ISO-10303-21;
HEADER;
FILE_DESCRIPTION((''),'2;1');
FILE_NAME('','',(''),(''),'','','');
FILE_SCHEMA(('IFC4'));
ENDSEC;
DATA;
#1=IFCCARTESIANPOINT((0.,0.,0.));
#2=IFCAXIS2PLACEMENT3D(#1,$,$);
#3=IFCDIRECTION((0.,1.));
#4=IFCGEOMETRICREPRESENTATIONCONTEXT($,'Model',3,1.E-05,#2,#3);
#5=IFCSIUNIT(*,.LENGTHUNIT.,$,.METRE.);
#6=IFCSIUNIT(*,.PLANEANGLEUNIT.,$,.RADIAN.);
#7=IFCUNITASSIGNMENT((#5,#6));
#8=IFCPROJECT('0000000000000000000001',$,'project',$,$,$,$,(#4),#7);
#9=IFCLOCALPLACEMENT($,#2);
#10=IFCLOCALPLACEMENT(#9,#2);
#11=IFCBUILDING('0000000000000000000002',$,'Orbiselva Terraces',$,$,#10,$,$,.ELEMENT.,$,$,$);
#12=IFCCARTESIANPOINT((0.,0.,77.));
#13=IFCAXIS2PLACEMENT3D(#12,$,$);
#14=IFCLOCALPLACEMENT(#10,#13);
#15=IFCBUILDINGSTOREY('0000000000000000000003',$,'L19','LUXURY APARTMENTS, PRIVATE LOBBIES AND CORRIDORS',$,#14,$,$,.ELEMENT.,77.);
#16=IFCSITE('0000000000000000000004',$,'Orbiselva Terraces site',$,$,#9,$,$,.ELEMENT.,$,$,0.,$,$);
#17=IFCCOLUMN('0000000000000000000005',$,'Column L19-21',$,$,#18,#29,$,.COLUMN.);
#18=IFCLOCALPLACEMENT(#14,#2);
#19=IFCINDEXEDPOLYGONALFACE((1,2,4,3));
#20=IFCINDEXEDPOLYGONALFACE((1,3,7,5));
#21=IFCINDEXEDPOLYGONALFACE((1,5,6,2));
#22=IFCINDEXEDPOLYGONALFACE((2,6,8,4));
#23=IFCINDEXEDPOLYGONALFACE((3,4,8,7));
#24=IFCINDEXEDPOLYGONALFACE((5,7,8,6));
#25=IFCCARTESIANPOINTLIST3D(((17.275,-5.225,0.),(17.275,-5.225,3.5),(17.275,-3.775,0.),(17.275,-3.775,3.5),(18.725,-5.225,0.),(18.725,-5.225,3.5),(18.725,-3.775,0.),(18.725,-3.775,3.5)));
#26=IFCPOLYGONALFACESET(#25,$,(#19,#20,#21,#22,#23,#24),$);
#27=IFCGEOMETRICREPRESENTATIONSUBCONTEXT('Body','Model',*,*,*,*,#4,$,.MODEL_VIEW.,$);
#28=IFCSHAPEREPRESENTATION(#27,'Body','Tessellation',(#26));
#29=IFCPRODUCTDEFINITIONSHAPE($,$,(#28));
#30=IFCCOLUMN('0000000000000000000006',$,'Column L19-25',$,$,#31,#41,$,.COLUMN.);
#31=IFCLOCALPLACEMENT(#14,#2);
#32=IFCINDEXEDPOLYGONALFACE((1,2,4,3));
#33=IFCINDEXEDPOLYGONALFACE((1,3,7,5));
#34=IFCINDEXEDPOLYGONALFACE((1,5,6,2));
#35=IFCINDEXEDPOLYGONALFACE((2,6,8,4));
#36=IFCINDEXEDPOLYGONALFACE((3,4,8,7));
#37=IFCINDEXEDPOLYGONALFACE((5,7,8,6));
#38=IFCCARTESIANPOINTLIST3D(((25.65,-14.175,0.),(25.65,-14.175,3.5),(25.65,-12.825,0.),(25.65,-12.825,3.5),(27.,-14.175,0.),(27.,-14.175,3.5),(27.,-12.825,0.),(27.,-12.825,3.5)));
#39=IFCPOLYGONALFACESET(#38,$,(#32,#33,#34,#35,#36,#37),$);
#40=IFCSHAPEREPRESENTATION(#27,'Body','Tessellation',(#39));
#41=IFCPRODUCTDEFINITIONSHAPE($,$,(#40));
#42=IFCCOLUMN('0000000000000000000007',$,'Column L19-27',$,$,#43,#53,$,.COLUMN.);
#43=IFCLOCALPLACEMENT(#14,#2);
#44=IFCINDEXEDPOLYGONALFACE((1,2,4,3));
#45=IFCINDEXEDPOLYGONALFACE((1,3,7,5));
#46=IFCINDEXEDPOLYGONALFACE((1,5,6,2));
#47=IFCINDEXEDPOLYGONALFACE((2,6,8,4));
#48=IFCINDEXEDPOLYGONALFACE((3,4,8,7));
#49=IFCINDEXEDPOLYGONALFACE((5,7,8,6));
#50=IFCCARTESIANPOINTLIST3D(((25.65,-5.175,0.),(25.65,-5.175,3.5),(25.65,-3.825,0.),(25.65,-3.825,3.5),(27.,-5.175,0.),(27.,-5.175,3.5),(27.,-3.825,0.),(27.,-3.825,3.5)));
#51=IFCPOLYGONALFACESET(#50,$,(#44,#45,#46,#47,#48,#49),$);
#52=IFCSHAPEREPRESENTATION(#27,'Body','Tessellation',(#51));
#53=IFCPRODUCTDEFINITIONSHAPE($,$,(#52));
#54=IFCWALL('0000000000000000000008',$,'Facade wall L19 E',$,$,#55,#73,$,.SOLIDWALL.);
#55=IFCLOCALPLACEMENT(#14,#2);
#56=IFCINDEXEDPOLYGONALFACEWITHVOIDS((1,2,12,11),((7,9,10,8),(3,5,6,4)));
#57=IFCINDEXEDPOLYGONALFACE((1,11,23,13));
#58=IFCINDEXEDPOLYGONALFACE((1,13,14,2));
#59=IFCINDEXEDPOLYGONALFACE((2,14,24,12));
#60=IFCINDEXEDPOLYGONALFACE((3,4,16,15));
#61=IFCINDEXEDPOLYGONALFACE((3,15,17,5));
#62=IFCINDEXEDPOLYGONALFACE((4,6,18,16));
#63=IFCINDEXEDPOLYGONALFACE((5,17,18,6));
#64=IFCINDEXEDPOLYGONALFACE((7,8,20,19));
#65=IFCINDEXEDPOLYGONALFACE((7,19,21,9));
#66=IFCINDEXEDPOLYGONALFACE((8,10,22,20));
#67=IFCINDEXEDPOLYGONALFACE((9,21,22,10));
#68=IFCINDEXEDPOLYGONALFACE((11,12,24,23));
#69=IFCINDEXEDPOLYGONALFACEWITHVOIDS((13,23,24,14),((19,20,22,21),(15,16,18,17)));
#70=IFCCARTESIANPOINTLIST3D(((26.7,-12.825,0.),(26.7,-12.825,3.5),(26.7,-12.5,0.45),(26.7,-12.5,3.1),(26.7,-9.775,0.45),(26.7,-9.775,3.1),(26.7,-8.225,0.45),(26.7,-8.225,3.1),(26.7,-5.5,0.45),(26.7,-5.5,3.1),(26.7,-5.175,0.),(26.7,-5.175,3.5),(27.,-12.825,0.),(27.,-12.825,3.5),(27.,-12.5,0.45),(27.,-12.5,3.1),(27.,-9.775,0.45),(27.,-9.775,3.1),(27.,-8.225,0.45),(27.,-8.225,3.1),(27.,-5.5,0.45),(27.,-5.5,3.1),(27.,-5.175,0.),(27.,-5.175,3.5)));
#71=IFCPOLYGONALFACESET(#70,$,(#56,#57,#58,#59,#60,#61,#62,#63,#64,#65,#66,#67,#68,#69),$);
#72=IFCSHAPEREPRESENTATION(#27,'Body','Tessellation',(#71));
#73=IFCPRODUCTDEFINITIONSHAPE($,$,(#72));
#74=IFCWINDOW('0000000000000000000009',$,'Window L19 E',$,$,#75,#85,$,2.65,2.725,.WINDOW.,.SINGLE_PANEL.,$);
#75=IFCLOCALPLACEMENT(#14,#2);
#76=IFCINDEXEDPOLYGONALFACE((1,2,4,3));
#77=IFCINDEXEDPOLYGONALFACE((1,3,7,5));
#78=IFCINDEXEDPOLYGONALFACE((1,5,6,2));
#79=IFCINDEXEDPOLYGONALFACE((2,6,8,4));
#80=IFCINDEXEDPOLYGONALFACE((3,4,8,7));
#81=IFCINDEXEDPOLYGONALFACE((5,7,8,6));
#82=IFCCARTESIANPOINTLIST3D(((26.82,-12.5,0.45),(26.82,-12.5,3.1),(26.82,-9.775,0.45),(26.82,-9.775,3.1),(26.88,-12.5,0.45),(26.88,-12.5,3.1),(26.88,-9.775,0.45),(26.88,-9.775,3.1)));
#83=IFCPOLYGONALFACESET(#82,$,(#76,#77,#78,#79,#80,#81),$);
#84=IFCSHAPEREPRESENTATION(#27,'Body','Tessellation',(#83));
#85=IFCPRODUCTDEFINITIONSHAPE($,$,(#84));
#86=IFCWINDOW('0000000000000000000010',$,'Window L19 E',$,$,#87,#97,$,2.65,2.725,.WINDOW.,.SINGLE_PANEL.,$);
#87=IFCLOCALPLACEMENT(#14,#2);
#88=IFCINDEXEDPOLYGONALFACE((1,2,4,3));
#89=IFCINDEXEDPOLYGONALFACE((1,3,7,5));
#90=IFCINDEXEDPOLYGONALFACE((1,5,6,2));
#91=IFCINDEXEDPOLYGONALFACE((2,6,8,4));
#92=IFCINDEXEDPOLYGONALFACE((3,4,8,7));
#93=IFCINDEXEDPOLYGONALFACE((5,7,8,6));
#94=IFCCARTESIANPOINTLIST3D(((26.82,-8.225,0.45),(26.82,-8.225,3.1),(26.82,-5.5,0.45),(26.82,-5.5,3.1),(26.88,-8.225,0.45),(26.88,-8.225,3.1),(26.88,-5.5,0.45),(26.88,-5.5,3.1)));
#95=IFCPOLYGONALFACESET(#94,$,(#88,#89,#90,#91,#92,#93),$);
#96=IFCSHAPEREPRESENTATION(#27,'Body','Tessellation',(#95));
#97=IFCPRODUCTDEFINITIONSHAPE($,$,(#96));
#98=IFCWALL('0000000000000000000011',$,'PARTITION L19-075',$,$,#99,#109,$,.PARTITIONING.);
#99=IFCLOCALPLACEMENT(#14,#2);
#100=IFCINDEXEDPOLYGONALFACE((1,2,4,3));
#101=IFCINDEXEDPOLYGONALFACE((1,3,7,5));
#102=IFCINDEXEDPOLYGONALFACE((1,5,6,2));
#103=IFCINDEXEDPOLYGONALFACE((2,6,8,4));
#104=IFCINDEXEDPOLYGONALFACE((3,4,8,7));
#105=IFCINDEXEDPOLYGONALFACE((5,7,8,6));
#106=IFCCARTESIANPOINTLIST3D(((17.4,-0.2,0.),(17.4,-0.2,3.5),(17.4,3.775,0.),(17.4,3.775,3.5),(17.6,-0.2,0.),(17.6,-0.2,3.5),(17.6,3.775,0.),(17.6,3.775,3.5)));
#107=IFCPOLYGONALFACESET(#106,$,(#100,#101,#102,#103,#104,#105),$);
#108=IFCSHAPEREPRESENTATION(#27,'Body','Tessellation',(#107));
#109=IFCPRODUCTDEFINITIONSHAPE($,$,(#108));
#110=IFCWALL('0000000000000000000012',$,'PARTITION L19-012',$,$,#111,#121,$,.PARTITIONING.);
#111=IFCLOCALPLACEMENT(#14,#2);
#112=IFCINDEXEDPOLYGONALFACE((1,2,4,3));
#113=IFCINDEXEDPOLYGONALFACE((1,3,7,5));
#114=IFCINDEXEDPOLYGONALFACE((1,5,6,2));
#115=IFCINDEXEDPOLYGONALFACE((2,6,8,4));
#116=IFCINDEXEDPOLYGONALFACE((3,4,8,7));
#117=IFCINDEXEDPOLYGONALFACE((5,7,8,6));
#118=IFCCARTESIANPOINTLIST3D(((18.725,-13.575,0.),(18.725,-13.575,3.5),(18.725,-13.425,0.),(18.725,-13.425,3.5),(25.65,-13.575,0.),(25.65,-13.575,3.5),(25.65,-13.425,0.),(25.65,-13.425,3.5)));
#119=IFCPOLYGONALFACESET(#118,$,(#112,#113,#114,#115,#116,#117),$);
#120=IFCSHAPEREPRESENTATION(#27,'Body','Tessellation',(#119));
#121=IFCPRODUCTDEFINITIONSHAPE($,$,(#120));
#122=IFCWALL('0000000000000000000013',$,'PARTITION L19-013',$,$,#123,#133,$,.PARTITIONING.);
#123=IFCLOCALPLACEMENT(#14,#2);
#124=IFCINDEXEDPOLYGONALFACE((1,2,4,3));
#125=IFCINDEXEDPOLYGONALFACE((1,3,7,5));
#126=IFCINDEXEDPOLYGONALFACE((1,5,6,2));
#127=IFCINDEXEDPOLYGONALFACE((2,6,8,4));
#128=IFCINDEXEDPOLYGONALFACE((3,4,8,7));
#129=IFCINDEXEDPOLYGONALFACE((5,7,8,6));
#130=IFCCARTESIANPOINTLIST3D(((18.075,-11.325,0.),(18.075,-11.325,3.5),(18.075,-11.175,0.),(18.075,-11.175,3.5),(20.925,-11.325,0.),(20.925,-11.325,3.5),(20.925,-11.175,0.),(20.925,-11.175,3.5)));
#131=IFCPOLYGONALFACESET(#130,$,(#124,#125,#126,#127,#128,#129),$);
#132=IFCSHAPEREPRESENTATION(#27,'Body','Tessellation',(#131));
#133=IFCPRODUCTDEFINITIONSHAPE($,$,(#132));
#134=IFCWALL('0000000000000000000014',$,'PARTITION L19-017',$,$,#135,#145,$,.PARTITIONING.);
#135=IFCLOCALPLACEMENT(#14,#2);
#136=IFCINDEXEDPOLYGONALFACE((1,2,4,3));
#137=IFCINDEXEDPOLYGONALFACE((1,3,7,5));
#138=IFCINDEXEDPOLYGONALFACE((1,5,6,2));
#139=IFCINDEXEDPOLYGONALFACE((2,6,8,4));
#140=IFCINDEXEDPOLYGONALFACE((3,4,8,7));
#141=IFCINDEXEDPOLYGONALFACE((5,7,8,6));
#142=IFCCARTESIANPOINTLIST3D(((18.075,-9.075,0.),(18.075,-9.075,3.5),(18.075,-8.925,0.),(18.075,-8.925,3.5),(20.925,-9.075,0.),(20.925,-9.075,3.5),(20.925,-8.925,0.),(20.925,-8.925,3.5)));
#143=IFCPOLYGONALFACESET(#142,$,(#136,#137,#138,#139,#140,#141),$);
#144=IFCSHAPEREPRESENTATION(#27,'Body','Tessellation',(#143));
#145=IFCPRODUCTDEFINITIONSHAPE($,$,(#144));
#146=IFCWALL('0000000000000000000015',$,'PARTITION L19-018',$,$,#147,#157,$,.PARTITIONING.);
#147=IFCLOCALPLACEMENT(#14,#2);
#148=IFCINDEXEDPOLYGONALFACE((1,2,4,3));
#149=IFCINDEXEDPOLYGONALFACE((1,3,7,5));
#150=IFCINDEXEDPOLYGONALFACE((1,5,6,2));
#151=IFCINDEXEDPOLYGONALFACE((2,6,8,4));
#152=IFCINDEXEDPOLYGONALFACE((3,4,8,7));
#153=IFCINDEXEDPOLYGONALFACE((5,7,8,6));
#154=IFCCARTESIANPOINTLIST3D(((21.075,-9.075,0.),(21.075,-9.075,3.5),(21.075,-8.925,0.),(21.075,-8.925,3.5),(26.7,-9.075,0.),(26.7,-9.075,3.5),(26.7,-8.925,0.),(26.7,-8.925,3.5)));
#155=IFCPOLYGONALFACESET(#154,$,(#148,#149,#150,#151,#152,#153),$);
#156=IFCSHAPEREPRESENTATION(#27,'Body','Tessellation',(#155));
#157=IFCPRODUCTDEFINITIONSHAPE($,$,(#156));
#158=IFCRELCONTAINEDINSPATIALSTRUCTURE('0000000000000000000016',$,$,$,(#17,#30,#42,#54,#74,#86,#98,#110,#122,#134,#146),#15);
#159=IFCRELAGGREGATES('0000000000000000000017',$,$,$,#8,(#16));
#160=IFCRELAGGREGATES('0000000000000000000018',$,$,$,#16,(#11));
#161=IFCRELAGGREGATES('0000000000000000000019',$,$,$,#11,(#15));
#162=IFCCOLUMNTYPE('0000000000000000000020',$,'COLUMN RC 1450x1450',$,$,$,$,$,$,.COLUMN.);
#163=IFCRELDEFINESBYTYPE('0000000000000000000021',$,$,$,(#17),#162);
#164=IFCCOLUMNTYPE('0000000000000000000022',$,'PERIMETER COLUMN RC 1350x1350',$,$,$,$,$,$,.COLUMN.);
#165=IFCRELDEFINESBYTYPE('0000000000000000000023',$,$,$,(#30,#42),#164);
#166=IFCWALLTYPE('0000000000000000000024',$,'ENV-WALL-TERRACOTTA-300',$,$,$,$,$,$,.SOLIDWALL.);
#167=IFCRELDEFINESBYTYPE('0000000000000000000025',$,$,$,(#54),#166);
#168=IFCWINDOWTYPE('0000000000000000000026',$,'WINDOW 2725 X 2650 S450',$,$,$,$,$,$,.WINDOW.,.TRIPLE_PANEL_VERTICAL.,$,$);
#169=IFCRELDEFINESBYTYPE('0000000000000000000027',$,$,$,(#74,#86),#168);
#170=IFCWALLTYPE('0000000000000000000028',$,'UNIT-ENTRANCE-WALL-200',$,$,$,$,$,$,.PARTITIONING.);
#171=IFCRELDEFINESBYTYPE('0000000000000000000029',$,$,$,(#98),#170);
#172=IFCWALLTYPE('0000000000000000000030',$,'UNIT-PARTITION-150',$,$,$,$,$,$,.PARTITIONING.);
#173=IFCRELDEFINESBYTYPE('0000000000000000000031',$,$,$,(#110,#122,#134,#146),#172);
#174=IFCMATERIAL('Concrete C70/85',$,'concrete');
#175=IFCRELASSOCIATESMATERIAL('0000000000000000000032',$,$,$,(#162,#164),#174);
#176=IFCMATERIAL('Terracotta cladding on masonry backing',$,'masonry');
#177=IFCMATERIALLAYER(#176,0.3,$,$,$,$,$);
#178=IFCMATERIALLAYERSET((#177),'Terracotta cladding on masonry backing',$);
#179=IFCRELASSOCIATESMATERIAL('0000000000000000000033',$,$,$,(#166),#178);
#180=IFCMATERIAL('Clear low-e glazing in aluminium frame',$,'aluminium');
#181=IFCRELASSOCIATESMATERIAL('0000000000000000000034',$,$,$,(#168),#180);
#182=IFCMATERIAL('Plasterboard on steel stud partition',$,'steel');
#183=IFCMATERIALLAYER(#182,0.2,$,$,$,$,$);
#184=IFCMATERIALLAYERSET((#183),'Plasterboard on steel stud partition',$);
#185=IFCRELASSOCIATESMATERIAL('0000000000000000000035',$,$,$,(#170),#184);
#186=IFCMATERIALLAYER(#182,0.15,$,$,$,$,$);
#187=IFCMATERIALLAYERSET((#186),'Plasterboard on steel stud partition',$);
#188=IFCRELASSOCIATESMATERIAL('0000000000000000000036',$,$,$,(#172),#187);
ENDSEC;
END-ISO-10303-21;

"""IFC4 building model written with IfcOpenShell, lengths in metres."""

from ifc_helpers import new_model, si_unit, direction, frame, frame_2d, origin, origin_2d, place, context, subcontext, project, spatial, rectangle, extrude, material, layer, layer_set, material_profile, profile_set, type_object, element, fill, save


model = new_model("IFC4")

# Units and contexts
model_context = context("Model", 3, precision=1e-05, world=origin(), true_north=direction((0.0, 1.0)))
body_context = subcontext(model_context, "Body", "Model", "MODEL_VIEW")
ifc_project = project(units=[si_unit("LENGTHUNIT", "METRE"), si_unit("PLANEANGLEUNIT", "RADIAN")], contexts=[model_context])

# Site, building, storey
site_placement = place(None, origin())
site = spatial("IfcSite", under=ifc_project, at=site_placement, Name="Orbiselva Terraces site", CompositionType="ELEMENT", RefElevation=0.0)
building_placement = place(site_placement, origin())
building = spatial("IfcBuilding", under=site, at=building_placement, Name="Orbiselva Terraces", CompositionType="ELEMENT")
storey_placement = place(building_placement, frame((0.0, 0.0, 77.0)))
storey = spatial("IfcBuildingStorey", under=building, at=storey_placement, Name="L19", Description="LUXURY APARTMENTS, PRIVATE LOBBIES AND CORRIDORS", CompositionType="ELEMENT", Elevation=77.0)

# Columns
ifc_material_1 = material(Name="Concrete C70/85", Category="concrete")
ifc_material_profile_1 = material_profile(ifc_material_1, rectangle(XDim=1.45, YDim=1.45, at=origin_2d()), Name="RC 1450x1450")
ifc_profile_set_1 = profile_set([ifc_material_profile_1], Name="Concrete C70/85")
column_type_1 = type_object("IfcColumnType", Name="COLUMN RC 1450x1450", PredefinedType="COLUMN", material=ifc_profile_set_1)
column_placement = place(storey_placement, frame((18.0, -4.5, 0.0), z_axis=(0.0, 0.0, 1.0), x_axis=(1.0, 0.0, 0.0)))
element("IfcColumn", 1, at=column_placement, inside=storey, type_object=column_type_1, Name="Column L19-21", PredefinedType="COLUMN", context=body_context, shape_type="SweptSolid", body=[
    extrude(rectangle(XDim=1.45, YDim=1.45, at=origin_2d()), origin(), (0.0, 0.0, 1.0), 3.5),
])
ifc_material_profile_2 = material_profile(ifc_material_1, rectangle(XDim=1.35, YDim=1.35, at=origin_2d()), Name="RC 1350x1350")
ifc_profile_set_2 = profile_set([ifc_material_profile_2], Name="Concrete C70/85")
column_type_2 = type_object("IfcColumnType", Name="PERIMETER COLUMN RC 1350x1350", PredefinedType="COLUMN", material=ifc_profile_set_2)
for number, where, z_axis, x_axis, name in (
    (2, (26.325, -13.5, 0.0), (0.0, 0.0, 1.0), (1.0, 0.0, 0.0), "Column L19-25"),
    (3, (26.325, -4.5, 0.0), (0.0, 0.0, 1.0), (1.0, 0.0, 0.0), "Column L19-27"),
):
    element("IfcColumn", number, at=place(storey_placement, frame(where, z_axis=z_axis, x_axis=x_axis)), inside=storey, type_object=column_type_2, Name=name, PredefinedType="COLUMN", context=body_context, shape_type="SweptSolid", body=[
        extrude(rectangle(XDim=1.35, YDim=1.35, at=origin_2d()), origin(), (0.0, 0.0, 1.0), 3.5),
    ])

# Wall, openings, windows
ifc_material_2 = material(Name="Terracotta cladding on masonry backing", Category="masonry")
ifc_layer_1 = layer(ifc_material_2, 0.3)
ifc_layer_set_1 = layer_set([ifc_layer_1], Name="Terracotta cladding on masonry backing")
wall_type_1 = type_object("IfcWallType", Name="ENV-WALL-TERRACOTTA-300", PredefinedType="SOLIDWALL", material=ifc_layer_set_1)
wall_1_placement = place(storey_placement, frame((26.85, -5.175, 0.0), z_axis=(0.0, 0.0, 1.0), x_axis=(0.0, -1.0, 0.0)))
wall_1 = element("IfcWall", 4, at=wall_1_placement, inside=storey, type_object=wall_type_1, Name="Facade wall L19 E", PredefinedType="SOLIDWALL", context=body_context, shape_type="SweptSolid", body=[
    extrude(rectangle(XDim=7.65, YDim=0.3, at=frame_2d((3.825, 0.0))), origin(), (0.0, 0.0, 1.0), 3.5),
])
opening_1_placement = place(wall_1_placement, frame((4.6, 0.0, 0.45)))
opening_1 = element("IfcOpeningElement", 5, at=opening_1_placement, cuts=wall_1, PredefinedType="OPENING", context=body_context, shape_type="SweptSolid", body=[
    extrude(rectangle(XDim=2.725, YDim=2.65, at=frame_2d((1.3625, 1.325))), frame((0.0, 0.16, 0.0), z_axis=(0.0, -1.0, 0.0), x_axis=(1.0, 0.0, 0.0)), (0.0, 0.0, 1.0), 0.32),
])
opening_2_placement = place(wall_1_placement, frame((0.325, 0.0, 0.45)))
opening_2 = element("IfcOpeningElement", 6, at=opening_2_placement, cuts=wall_1, PredefinedType="OPENING", context=body_context, shape_type="SweptSolid", body=[
    extrude(rectangle(XDim=2.725, YDim=2.65, at=frame_2d((1.3625, 1.325))), frame((0.0, 0.16, 0.0), z_axis=(0.0, -1.0, 0.0), x_axis=(1.0, 0.0, 0.0)), (0.0, 0.0, 1.0), 0.32),
])
ifc_material_3 = material(Name="Clear low-e glazing in aluminium frame", Category="aluminium")
window_type = type_object("IfcWindowType", Name="WINDOW 2725 X 2650 S450", PartitioningType="TRIPLE_PANEL_VERTICAL", PredefinedType="WINDOW", material=ifc_material_3)
window_1_placement = place(opening_1_placement, origin())
window_1 = element("IfcWindow", 7, at=window_1_placement, inside=storey, type_object=window_type, Name="Window L19 E", OverallHeight=2.65, OverallWidth=2.725, PartitioningType="SINGLE_PANEL", PredefinedType="WINDOW", context=body_context, shape_type="SweptSolid", body=[
    extrude(rectangle(XDim=2.725, YDim=2.65, at=frame_2d((1.3625, 1.325))), frame((0.0, 0.03, 0.0), z_axis=(0.0, -1.0, 0.0), x_axis=(1.0, 0.0, 0.0)), (0.0, 0.0, 1.0), 0.06),
])
fill(opening_1, window_1)
window_2_placement = place(opening_2_placement, origin())
window_2 = element("IfcWindow", 8, at=window_2_placement, inside=storey, type_object=window_type, Name="Window L19 E", OverallHeight=2.65, OverallWidth=2.725, PartitioningType="SINGLE_PANEL", PredefinedType="WINDOW", context=body_context, shape_type="SweptSolid", body=[
    extrude(rectangle(XDim=2.725, YDim=2.65, at=frame_2d((1.3625, 1.325))), frame((0.0, 0.03, 0.0), z_axis=(0.0, -1.0, 0.0), x_axis=(1.0, 0.0, 0.0)), (0.0, 0.0, 1.0), 0.06),
])
fill(opening_2, window_2)

# Walls
ifc_material_4 = material(Name="Plasterboard on steel stud partition", Category="steel")
ifc_layer_2 = layer(ifc_material_4, 0.2)
ifc_layer_set_2 = layer_set([ifc_layer_2], Name="Plasterboard on steel stud partition")
wall_type_2 = type_object("IfcWallType", Name="UNIT-ENTRANCE-WALL-200", PredefinedType="PARTITIONING", material=ifc_layer_set_2)
wall_2_placement = place(storey_placement, frame((17.5, -0.2, 0.0), z_axis=(0.0, 0.0, 1.0), x_axis=(0.0, 1.0, 0.0)))
element("IfcWall", 9, at=wall_2_placement, inside=storey, type_object=wall_type_2, Name="PARTITION L19-075", PredefinedType="PARTITIONING", context=body_context, shape_type="SweptSolid", body=[
    extrude(rectangle(XDim=3.975, YDim=0.2, at=frame_2d((1.9875, 0.0))), origin(), (0.0, 0.0, 1.0), 3.5),
])
ifc_layer_3 = layer(ifc_material_4, 0.15)
ifc_layer_set_3 = layer_set([ifc_layer_3], Name="Plasterboard on steel stud partition")
wall_type_3 = type_object("IfcWallType", Name="UNIT-PARTITION-150", PredefinedType="PARTITIONING", material=ifc_layer_set_3)
wall_3_placement = place(storey_placement, frame((18.725, -13.5, 0.0), z_axis=(0.0, 0.0, 1.0), x_axis=(1.0, 0.0, 0.0)))
element("IfcWall", 10, at=wall_3_placement, inside=storey, type_object=wall_type_3, Name="PARTITION L19-012", PredefinedType="PARTITIONING", context=body_context, shape_type="SweptSolid", body=[
    extrude(rectangle(XDim=6.925, YDim=0.15, at=frame_2d((3.4625, 0.0))), origin(), (0.0, 0.0, 1.0), 3.5),
])
for number, where, z_axis, x_axis, name in (
    (11, (18.075, -11.25, 0.0), (0.0, 0.0, 1.0), (1.0, 0.0, 0.0), "PARTITION L19-013"),
    (12, (18.075, -9.0, 0.0), (0.0, 0.0, 1.0), (1.0, 0.0, 0.0), "PARTITION L19-017"),
):
    element("IfcWall", number, at=place(storey_placement, frame(where, z_axis=z_axis, x_axis=x_axis)), inside=storey, type_object=wall_type_3, Name=name, PredefinedType="PARTITIONING", context=body_context, shape_type="SweptSolid", body=[
        extrude(rectangle(XDim=2.85, YDim=0.15, at=frame_2d((1.425, 0.0))), origin(), (0.0, 0.0, 1.0), 3.5),
    ])
wall_4_placement = place(storey_placement, frame((21.075, -9.0, 0.0), z_axis=(0.0, 0.0, 1.0), x_axis=(1.0, 0.0, 0.0)))
element("IfcWall", 13, at=wall_4_placement, inside=storey, type_object=wall_type_3, Name="PARTITION L19-018", PredefinedType="PARTITIONING", context=body_context, shape_type="SweptSolid", body=[
    extrude(rectangle(XDim=5.625, YDim=0.15, at=frame_2d((2.8125, 0.0))), origin(), (0.0, 0.0, 1.0), 3.5),
])

save(model, "model.ifc")
